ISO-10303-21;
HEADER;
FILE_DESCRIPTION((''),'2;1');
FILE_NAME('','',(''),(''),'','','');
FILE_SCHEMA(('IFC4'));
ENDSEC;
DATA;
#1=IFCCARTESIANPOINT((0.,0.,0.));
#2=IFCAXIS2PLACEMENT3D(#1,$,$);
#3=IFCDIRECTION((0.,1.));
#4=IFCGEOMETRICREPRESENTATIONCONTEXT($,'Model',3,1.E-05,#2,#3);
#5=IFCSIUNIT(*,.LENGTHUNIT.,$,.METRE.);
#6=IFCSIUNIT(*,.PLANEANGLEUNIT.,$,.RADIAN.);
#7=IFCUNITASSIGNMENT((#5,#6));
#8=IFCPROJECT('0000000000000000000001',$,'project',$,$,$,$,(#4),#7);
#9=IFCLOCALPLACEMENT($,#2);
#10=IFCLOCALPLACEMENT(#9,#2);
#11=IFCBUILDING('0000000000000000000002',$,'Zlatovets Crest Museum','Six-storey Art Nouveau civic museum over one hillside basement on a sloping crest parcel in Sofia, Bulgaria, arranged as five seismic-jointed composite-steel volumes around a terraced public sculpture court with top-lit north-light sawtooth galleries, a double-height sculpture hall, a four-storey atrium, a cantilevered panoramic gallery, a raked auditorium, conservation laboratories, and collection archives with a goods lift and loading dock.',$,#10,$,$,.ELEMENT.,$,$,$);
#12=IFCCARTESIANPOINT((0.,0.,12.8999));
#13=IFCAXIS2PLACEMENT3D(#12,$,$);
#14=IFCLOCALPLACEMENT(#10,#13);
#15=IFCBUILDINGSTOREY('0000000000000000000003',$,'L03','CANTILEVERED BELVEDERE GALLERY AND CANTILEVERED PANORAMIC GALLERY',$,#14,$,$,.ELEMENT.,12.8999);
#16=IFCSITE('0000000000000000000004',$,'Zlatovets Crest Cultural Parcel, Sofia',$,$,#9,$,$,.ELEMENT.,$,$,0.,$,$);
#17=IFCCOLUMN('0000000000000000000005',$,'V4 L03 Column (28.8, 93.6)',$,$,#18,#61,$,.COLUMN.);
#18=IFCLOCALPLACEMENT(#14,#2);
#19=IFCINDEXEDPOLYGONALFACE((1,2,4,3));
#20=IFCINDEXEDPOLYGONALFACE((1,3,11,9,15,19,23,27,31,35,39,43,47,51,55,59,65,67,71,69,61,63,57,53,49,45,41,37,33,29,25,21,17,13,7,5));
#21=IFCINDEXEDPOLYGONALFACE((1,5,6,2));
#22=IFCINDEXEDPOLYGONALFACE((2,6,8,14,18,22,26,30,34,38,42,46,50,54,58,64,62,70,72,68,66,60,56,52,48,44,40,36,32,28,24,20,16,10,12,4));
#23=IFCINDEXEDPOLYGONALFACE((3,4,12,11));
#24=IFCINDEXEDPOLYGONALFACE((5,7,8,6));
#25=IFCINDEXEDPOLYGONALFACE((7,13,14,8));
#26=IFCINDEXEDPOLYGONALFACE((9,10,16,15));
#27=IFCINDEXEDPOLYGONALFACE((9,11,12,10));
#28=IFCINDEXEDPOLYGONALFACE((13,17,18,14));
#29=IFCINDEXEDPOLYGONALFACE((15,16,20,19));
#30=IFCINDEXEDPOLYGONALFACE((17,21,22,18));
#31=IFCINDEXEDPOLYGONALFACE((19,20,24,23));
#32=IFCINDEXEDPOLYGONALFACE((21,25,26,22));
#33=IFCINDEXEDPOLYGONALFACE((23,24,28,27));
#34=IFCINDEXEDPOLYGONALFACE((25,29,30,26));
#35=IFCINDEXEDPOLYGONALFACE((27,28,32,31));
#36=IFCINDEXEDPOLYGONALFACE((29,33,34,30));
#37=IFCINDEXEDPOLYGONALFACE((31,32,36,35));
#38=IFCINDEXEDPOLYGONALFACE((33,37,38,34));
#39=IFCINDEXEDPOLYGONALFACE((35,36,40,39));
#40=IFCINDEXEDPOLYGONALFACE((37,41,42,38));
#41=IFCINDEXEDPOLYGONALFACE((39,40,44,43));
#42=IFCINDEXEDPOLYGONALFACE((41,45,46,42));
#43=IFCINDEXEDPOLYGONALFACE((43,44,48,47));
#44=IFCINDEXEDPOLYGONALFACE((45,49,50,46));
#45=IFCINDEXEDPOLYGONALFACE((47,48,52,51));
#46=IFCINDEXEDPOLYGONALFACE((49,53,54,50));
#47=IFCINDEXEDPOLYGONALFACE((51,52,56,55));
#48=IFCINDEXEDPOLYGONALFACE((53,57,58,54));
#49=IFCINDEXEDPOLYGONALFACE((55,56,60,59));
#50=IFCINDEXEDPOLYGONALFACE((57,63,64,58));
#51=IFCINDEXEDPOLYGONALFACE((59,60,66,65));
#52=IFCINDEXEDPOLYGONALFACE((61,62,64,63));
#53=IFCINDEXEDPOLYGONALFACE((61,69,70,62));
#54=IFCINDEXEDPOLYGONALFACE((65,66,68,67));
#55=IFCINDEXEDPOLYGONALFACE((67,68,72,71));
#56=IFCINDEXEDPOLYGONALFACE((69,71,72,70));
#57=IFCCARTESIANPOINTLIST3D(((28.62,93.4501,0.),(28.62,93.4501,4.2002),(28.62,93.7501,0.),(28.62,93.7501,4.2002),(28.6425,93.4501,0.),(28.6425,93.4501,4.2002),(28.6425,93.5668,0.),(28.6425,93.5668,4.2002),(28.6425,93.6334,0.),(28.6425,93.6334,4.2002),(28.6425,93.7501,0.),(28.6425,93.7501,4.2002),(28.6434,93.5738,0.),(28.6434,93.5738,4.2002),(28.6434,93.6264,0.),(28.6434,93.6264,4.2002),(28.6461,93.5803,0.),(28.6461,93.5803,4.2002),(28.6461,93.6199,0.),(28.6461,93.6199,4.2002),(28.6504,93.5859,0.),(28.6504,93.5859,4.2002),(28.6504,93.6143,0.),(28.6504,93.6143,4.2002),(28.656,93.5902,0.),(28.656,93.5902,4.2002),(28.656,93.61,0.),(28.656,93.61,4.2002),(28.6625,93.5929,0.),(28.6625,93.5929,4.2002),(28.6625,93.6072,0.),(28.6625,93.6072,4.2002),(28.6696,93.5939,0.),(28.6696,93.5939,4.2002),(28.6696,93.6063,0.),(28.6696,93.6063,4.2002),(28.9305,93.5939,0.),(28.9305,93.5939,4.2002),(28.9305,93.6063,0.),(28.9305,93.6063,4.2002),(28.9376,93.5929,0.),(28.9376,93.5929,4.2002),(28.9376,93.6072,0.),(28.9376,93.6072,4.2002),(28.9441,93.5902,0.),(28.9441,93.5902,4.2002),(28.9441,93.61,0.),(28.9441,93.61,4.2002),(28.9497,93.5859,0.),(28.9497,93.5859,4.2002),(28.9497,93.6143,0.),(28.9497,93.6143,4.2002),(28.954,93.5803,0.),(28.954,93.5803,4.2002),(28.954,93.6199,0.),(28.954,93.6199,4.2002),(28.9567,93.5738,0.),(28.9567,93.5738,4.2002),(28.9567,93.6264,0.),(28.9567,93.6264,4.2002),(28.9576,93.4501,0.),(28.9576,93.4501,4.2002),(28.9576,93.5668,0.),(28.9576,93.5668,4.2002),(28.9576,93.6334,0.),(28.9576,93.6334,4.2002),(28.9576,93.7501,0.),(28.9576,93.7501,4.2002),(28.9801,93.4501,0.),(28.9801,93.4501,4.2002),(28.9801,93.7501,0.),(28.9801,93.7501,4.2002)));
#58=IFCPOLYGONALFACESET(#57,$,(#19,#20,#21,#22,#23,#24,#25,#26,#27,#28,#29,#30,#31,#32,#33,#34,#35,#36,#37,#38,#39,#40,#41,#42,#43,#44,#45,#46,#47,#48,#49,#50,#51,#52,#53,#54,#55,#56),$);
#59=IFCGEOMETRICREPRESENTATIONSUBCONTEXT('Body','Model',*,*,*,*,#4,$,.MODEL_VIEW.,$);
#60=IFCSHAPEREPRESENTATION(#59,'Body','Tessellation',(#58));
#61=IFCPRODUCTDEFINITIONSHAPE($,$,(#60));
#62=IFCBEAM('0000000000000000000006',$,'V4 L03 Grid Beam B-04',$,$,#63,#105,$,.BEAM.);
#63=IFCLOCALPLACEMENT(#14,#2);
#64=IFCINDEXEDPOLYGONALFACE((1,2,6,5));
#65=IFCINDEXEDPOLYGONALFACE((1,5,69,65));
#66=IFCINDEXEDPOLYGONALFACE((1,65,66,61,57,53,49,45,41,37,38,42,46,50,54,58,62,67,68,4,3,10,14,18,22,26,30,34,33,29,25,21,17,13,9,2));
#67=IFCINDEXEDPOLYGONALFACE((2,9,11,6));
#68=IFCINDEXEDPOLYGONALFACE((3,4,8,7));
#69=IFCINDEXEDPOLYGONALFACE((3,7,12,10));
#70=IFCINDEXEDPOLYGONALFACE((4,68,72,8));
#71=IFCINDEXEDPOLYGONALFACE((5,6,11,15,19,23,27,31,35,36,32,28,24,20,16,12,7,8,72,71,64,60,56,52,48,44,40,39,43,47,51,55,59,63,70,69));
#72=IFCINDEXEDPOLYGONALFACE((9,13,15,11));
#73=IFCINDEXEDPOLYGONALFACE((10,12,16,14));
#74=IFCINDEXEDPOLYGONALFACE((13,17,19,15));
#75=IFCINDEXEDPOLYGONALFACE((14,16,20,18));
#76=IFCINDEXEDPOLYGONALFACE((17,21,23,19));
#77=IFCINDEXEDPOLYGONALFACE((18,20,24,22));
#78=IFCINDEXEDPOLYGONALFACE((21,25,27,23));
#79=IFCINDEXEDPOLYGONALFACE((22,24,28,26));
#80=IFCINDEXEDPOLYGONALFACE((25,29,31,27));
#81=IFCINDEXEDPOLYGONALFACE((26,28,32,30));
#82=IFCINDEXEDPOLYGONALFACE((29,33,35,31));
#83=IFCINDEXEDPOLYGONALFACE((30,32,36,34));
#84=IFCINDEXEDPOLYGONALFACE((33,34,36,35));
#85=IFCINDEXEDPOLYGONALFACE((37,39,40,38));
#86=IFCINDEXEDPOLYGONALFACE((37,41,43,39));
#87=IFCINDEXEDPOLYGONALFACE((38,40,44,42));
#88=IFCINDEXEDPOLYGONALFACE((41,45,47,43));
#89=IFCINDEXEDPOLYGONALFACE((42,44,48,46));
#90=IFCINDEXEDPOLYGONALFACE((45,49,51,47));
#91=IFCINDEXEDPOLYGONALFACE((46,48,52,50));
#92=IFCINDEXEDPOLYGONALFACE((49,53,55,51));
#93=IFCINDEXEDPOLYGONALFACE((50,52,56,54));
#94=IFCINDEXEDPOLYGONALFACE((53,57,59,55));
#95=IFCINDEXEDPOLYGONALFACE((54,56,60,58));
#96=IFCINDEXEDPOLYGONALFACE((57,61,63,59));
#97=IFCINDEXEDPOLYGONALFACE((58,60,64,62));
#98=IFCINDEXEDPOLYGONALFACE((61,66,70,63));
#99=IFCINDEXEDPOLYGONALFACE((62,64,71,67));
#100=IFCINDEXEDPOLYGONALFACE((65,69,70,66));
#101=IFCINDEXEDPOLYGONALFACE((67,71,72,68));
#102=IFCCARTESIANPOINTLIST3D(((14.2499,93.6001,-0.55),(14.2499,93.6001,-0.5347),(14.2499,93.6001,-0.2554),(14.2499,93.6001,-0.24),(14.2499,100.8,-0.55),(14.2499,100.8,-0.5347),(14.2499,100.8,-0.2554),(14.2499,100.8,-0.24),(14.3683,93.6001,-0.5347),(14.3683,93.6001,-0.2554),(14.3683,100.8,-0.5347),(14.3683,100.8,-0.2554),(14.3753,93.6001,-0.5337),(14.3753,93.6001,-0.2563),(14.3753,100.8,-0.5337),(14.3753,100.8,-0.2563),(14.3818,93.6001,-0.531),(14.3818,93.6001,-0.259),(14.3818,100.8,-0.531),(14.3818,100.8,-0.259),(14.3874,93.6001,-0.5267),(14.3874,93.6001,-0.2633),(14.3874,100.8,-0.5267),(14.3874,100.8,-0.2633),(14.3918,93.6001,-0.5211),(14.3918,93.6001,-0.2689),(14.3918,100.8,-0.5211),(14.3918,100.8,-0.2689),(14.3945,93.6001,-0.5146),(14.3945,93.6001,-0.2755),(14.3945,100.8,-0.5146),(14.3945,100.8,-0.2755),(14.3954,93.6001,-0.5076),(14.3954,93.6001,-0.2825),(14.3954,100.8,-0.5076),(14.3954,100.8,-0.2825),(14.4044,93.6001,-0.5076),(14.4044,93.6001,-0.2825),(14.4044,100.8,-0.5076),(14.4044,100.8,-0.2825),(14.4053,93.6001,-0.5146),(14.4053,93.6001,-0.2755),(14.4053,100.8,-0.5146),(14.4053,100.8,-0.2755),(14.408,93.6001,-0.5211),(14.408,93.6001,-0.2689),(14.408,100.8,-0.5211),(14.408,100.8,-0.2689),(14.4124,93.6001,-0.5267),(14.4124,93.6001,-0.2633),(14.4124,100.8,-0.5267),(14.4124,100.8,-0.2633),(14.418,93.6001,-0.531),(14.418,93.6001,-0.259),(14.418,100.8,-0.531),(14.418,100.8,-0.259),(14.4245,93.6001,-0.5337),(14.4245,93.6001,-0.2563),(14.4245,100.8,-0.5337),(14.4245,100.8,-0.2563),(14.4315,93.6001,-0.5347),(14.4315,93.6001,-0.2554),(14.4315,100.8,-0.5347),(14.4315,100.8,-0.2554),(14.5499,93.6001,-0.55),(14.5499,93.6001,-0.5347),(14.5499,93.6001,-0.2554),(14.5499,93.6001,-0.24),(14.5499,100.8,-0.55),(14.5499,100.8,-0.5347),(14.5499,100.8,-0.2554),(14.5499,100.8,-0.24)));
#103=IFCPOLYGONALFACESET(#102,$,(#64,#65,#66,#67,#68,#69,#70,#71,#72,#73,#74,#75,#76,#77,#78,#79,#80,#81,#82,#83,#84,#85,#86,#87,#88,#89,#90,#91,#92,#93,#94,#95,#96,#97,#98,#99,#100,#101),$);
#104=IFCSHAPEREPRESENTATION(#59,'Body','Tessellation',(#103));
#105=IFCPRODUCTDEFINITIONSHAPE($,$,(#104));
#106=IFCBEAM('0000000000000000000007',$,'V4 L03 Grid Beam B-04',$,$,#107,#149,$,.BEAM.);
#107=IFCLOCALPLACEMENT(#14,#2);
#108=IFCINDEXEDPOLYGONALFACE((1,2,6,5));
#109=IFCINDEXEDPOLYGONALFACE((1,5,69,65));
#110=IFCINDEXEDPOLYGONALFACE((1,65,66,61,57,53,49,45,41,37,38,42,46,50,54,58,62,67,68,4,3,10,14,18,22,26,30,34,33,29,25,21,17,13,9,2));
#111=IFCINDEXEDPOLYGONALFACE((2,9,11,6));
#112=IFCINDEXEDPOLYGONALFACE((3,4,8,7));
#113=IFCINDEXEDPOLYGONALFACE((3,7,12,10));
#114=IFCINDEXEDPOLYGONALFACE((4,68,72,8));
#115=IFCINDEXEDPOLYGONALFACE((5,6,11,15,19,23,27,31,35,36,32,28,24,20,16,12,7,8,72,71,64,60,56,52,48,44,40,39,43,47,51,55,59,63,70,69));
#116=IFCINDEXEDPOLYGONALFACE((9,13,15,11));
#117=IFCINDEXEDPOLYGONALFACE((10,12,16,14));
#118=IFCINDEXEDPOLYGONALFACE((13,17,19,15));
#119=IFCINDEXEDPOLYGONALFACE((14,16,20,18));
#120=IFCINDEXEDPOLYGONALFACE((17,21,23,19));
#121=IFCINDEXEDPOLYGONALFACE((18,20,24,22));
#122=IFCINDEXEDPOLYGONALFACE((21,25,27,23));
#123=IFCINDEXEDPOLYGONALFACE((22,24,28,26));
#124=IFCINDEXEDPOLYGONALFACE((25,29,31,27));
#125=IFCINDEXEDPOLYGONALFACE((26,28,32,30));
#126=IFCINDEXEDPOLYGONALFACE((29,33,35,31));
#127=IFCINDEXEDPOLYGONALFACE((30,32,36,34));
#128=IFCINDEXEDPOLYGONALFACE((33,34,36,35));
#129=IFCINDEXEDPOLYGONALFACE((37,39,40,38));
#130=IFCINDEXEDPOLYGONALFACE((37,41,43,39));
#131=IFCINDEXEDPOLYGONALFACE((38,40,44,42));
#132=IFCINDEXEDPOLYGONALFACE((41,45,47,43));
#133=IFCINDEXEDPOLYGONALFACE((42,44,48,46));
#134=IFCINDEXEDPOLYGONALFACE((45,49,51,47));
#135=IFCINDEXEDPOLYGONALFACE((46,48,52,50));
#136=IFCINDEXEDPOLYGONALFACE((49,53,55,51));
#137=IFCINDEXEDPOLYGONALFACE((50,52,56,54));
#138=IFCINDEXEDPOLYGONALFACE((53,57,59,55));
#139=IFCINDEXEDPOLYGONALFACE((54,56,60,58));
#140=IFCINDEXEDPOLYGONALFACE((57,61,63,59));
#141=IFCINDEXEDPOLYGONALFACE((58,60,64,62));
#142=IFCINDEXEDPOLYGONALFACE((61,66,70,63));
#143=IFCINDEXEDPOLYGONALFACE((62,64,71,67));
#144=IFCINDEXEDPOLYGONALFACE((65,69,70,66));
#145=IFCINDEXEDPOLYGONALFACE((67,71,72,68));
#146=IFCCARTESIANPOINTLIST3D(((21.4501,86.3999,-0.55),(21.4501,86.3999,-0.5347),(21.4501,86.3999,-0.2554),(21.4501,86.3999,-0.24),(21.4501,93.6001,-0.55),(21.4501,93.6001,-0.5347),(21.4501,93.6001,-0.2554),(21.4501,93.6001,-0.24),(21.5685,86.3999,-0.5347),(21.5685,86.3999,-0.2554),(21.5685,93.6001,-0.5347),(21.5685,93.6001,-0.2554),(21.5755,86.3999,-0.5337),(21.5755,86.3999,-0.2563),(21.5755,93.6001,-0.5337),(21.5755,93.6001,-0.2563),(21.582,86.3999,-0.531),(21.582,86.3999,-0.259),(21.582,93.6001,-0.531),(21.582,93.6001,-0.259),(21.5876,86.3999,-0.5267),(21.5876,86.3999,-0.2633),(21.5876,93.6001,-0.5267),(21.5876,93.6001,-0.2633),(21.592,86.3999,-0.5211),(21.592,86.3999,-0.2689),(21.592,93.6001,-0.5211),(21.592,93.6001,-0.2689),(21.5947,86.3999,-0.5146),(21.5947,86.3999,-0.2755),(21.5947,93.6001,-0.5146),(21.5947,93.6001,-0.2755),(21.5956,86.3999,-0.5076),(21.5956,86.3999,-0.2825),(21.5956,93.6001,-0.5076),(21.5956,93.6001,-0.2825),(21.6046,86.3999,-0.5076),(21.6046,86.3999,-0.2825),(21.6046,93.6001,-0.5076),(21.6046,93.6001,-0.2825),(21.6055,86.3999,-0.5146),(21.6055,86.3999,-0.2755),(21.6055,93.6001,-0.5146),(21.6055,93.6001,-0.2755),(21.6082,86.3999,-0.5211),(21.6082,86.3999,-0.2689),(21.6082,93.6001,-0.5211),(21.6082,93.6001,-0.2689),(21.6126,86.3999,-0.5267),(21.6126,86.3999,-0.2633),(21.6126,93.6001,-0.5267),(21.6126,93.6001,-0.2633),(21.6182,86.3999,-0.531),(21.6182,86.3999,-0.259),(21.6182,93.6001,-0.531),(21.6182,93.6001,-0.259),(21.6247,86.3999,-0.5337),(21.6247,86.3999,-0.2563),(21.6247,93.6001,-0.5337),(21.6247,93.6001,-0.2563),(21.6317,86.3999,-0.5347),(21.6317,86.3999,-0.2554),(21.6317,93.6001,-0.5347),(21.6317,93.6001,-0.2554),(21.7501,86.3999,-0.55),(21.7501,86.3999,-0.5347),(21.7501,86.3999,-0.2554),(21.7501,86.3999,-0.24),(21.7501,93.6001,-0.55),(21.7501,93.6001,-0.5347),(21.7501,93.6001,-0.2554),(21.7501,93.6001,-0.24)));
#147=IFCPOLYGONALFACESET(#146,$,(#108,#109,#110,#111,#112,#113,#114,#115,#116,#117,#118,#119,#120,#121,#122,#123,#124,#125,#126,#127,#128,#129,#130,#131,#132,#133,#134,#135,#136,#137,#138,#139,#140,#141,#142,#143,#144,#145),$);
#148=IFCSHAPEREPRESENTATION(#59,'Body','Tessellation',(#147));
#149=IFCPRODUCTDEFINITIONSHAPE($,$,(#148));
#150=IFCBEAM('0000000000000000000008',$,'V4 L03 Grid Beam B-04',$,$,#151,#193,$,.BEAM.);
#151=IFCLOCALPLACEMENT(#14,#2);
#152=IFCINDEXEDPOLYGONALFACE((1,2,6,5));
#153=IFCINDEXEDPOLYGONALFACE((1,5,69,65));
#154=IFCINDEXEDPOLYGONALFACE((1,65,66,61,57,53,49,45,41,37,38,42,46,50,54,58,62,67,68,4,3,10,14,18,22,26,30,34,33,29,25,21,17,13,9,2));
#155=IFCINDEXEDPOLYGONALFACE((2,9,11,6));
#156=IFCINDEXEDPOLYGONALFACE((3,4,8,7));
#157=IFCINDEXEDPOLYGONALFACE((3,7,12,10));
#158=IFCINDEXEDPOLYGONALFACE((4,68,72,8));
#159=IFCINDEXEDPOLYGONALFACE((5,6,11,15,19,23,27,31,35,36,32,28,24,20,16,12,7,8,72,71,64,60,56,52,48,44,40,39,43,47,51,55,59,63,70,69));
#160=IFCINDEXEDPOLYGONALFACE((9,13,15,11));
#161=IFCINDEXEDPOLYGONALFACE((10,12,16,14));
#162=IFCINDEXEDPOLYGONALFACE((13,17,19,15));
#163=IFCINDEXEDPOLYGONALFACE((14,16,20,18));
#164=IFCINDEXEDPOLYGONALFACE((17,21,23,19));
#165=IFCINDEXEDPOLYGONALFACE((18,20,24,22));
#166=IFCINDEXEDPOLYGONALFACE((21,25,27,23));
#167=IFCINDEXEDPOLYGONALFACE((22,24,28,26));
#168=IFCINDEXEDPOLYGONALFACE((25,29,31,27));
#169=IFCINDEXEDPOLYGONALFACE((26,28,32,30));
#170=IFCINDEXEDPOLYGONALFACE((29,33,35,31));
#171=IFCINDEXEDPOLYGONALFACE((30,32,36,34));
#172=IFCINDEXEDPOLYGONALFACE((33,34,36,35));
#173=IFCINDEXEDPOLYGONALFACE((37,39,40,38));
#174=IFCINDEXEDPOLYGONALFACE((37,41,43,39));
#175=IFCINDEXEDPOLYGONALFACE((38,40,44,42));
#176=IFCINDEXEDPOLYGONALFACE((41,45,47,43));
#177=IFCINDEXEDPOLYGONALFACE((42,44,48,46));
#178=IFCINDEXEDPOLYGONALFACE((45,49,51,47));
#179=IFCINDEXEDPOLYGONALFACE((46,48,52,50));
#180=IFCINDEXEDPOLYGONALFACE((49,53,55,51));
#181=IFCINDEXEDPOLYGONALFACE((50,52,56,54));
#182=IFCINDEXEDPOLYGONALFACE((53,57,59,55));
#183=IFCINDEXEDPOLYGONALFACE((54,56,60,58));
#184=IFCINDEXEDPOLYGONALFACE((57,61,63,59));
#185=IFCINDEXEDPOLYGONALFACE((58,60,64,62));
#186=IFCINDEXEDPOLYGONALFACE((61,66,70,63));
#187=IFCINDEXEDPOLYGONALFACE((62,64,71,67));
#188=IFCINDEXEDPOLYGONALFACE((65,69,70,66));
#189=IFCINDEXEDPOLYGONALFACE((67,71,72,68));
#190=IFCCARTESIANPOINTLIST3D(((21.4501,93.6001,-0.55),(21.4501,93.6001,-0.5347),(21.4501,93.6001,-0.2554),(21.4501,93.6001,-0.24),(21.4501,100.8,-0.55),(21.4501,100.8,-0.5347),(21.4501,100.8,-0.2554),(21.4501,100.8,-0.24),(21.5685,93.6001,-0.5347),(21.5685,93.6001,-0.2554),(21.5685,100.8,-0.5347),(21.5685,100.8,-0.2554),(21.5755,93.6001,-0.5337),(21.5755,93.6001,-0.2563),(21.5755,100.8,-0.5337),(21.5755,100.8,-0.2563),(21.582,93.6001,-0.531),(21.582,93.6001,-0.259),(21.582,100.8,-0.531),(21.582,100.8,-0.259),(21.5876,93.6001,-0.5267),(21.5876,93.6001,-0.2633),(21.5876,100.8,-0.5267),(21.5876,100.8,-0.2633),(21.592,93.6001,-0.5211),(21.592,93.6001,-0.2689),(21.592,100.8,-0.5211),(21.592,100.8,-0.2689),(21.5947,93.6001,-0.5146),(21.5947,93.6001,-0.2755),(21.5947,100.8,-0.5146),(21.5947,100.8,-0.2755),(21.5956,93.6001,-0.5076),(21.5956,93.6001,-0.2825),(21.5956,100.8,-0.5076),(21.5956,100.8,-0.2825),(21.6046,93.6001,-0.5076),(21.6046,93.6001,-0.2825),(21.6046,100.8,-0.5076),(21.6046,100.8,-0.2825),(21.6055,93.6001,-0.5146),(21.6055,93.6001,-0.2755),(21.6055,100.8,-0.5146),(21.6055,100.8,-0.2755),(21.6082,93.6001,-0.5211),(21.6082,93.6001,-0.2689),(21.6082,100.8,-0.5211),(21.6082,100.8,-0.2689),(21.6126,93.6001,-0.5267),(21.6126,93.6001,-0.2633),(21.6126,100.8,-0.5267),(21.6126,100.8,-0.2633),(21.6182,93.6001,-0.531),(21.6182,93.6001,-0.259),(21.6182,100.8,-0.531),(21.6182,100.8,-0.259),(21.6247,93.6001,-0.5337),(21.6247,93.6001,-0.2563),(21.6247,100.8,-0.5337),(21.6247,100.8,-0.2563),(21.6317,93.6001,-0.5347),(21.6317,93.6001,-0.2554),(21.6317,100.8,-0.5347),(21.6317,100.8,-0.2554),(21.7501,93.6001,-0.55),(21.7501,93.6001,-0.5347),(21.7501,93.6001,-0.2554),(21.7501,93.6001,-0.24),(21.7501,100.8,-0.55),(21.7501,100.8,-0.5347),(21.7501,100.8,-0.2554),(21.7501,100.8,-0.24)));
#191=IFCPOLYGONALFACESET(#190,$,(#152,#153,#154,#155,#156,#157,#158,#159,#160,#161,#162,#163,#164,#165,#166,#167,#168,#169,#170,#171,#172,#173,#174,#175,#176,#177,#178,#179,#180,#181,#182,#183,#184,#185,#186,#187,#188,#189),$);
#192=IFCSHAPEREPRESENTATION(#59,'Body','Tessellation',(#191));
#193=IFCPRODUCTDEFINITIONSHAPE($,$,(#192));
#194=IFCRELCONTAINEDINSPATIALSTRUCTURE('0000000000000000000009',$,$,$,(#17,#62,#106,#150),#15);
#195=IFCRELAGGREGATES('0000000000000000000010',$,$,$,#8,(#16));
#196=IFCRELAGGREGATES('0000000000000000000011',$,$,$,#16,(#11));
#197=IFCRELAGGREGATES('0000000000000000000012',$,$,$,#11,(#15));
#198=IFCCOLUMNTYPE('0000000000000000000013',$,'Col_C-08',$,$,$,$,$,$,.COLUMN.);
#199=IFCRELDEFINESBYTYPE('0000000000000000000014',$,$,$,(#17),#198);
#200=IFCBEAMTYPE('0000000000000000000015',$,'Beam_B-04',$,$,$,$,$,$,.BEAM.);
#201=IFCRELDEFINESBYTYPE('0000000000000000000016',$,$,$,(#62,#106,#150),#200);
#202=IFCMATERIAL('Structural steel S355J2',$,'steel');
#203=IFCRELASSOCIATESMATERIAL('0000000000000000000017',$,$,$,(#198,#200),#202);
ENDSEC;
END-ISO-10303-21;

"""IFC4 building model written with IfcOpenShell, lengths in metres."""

from ifc_helpers import new_model, si_unit, direction, frame, origin, origin_2d, place, context, subcontext, project, spatial, i_section, extrude, material, material_profile, profile_set, type_object, element, save


model = new_model("IFC4")

# Units and contexts
model_context = context("Model", 3, precision=1e-05, world=origin(), true_north=direction((0.0, 1.0)))
body_context = subcontext(model_context, "Body", "Model", "MODEL_VIEW")
ifc_project = project(units=[si_unit("LENGTHUNIT", "METRE"), si_unit("PLANEANGLEUNIT", "RADIAN")], contexts=[model_context])

# Site, building, storey
site_placement = place(None, origin())
site = spatial("IfcSite", under=ifc_project, at=site_placement, Name="Zlatovets Crest Cultural Parcel, Sofia", CompositionType="ELEMENT", RefElevation=0.0)
building_placement = place(site_placement, origin())
building = spatial("IfcBuilding", under=site, at=building_placement, Name="Zlatovets Crest Museum", Description="Six-storey Art Nouveau civic museum over one hillside basement on a sloping crest parcel in Sofia, Bulgaria, arranged as five seismic-jointed composite-steel volumes around a terraced public sculpture court with top-lit north-light sawtooth galleries, a double-height sculpture hall, a four-storey atrium, a cantilevered panoramic gallery, a raked auditorium, conservation laboratories, and collection archives with a goods lift and loading dock.", CompositionType="ELEMENT")
storey_placement = place(building_placement, frame((0.0, 0.0, 12.8999)))
storey = spatial("IfcBuildingStorey", under=building, at=storey_placement, Name="L03", Description="CANTILEVERED BELVEDERE GALLERY AND CANTILEVERED PANORAMIC GALLERY", CompositionType="ELEMENT", Elevation=12.8999)

# Column
ifc_material_1 = material(Name="Structural steel S355J2", Category="steel")
ifc_material_profile_1 = material_profile(ifc_material_1, i_section(OverallWidth=0.3, OverallDepth=0.3601, WebThickness=0.0125, FlangeThickness=0.0225, FilletRadius=0.0271, at=origin_2d()), Name="HEB 360")
ifc_profile_set_1 = profile_set([ifc_material_profile_1], Name="Structural steel S355J2")
column_type = type_object("IfcColumnType", Name="Col_C-08", PredefinedType="COLUMN", material=ifc_profile_set_1)
for number, where, z_axis, x_axis, name in (
    (1, (28.8, 93.6001, 0.0), (0.0, 0.0, 1.0), (0.0, 1.0, 0.0), "V4 L03 Column (28.8, 93.6)"),
):
    element("IfcColumn", number, at=place(storey_placement, frame(where, z_axis=z_axis, x_axis=x_axis)), inside=storey, type_object=column_type, Name=name, PredefinedType="COLUMN", context=body_context, shape_type="SweptSolid", body=[
        extrude(i_section(OverallWidth=0.3, OverallDepth=0.3601, WebThickness=0.0125, FlangeThickness=0.0225, FilletRadius=0.0271, at=origin_2d()), origin(), (0.0, 0.0, 1.0), 4.2002),
    ])

# Beams
ifc_material_profile_2 = material_profile(ifc_material_1, i_section(OverallWidth=0.3, OverallDepth=0.3101, WebThickness=0.009, FlangeThickness=0.0154, FilletRadius=0.0271, at=origin_2d()), Name="HEA 320")
ifc_profile_set_2 = profile_set([ifc_material_profile_2], Name="Structural steel S355J2")
beam_type_1 = type_object("IfcBeamType", Name="Beam_B-04", PredefinedType="BEAM", material=ifc_profile_set_2)
beam_1_placement = place(storey_placement, frame((14.3999, 93.6001, -0.395), z_axis=(0.0, 1.0, 0.0), x_axis=(-1.0, 0.0, 0.0)))
element("IfcBeam", 2, at=beam_1_placement, inside=storey, type_object=beam_type_1, Name="V4 L03 Grid Beam B-04", PredefinedType="BEAM", context=body_context, shape_type="SweptSolid", body=[
    extrude(i_section(OverallWidth=0.3, OverallDepth=0.3101, WebThickness=0.009, FlangeThickness=0.0154, FilletRadius=0.0271, at=origin_2d()), origin(), (0.0, 0.0, 1.0), 7.2),
])
beam_2_placement = place(storey_placement, frame((21.6001, 86.3999, -0.395), z_axis=(0.0, 1.0, 0.0), x_axis=(-1.0, 0.0, 0.0)))
element("IfcBeam", 3, at=beam_2_placement, inside=storey, type_object=beam_type_1, Name="V4 L03 Grid Beam B-04", PredefinedType="BEAM", context=body_context, shape_type="SweptSolid", body=[
    extrude(i_section(OverallWidth=0.3, OverallDepth=0.3101, WebThickness=0.009, FlangeThickness=0.0154, FilletRadius=0.0271, at=origin_2d()), origin(), (0.0, 0.0, 1.0), 7.2002),
])
beam_3_placement = place(storey_placement, frame((21.6001, 93.6001, -0.395), z_axis=(0.0, 1.0, 0.0), x_axis=(-1.0, 0.0, 0.0)))
element("IfcBeam", 4, at=beam_3_placement, inside=storey, type_object=beam_type_1, Name="V4 L03 Grid Beam B-04", PredefinedType="BEAM", context=body_context, shape_type="SweptSolid", body=[
    extrude(i_section(OverallWidth=0.3, OverallDepth=0.3101, WebThickness=0.009, FlangeThickness=0.0154, FilletRadius=0.0271, at=origin_2d()), origin(), (0.0, 0.0, 1.0), 7.2),
])

save(model, "model.ifc")
